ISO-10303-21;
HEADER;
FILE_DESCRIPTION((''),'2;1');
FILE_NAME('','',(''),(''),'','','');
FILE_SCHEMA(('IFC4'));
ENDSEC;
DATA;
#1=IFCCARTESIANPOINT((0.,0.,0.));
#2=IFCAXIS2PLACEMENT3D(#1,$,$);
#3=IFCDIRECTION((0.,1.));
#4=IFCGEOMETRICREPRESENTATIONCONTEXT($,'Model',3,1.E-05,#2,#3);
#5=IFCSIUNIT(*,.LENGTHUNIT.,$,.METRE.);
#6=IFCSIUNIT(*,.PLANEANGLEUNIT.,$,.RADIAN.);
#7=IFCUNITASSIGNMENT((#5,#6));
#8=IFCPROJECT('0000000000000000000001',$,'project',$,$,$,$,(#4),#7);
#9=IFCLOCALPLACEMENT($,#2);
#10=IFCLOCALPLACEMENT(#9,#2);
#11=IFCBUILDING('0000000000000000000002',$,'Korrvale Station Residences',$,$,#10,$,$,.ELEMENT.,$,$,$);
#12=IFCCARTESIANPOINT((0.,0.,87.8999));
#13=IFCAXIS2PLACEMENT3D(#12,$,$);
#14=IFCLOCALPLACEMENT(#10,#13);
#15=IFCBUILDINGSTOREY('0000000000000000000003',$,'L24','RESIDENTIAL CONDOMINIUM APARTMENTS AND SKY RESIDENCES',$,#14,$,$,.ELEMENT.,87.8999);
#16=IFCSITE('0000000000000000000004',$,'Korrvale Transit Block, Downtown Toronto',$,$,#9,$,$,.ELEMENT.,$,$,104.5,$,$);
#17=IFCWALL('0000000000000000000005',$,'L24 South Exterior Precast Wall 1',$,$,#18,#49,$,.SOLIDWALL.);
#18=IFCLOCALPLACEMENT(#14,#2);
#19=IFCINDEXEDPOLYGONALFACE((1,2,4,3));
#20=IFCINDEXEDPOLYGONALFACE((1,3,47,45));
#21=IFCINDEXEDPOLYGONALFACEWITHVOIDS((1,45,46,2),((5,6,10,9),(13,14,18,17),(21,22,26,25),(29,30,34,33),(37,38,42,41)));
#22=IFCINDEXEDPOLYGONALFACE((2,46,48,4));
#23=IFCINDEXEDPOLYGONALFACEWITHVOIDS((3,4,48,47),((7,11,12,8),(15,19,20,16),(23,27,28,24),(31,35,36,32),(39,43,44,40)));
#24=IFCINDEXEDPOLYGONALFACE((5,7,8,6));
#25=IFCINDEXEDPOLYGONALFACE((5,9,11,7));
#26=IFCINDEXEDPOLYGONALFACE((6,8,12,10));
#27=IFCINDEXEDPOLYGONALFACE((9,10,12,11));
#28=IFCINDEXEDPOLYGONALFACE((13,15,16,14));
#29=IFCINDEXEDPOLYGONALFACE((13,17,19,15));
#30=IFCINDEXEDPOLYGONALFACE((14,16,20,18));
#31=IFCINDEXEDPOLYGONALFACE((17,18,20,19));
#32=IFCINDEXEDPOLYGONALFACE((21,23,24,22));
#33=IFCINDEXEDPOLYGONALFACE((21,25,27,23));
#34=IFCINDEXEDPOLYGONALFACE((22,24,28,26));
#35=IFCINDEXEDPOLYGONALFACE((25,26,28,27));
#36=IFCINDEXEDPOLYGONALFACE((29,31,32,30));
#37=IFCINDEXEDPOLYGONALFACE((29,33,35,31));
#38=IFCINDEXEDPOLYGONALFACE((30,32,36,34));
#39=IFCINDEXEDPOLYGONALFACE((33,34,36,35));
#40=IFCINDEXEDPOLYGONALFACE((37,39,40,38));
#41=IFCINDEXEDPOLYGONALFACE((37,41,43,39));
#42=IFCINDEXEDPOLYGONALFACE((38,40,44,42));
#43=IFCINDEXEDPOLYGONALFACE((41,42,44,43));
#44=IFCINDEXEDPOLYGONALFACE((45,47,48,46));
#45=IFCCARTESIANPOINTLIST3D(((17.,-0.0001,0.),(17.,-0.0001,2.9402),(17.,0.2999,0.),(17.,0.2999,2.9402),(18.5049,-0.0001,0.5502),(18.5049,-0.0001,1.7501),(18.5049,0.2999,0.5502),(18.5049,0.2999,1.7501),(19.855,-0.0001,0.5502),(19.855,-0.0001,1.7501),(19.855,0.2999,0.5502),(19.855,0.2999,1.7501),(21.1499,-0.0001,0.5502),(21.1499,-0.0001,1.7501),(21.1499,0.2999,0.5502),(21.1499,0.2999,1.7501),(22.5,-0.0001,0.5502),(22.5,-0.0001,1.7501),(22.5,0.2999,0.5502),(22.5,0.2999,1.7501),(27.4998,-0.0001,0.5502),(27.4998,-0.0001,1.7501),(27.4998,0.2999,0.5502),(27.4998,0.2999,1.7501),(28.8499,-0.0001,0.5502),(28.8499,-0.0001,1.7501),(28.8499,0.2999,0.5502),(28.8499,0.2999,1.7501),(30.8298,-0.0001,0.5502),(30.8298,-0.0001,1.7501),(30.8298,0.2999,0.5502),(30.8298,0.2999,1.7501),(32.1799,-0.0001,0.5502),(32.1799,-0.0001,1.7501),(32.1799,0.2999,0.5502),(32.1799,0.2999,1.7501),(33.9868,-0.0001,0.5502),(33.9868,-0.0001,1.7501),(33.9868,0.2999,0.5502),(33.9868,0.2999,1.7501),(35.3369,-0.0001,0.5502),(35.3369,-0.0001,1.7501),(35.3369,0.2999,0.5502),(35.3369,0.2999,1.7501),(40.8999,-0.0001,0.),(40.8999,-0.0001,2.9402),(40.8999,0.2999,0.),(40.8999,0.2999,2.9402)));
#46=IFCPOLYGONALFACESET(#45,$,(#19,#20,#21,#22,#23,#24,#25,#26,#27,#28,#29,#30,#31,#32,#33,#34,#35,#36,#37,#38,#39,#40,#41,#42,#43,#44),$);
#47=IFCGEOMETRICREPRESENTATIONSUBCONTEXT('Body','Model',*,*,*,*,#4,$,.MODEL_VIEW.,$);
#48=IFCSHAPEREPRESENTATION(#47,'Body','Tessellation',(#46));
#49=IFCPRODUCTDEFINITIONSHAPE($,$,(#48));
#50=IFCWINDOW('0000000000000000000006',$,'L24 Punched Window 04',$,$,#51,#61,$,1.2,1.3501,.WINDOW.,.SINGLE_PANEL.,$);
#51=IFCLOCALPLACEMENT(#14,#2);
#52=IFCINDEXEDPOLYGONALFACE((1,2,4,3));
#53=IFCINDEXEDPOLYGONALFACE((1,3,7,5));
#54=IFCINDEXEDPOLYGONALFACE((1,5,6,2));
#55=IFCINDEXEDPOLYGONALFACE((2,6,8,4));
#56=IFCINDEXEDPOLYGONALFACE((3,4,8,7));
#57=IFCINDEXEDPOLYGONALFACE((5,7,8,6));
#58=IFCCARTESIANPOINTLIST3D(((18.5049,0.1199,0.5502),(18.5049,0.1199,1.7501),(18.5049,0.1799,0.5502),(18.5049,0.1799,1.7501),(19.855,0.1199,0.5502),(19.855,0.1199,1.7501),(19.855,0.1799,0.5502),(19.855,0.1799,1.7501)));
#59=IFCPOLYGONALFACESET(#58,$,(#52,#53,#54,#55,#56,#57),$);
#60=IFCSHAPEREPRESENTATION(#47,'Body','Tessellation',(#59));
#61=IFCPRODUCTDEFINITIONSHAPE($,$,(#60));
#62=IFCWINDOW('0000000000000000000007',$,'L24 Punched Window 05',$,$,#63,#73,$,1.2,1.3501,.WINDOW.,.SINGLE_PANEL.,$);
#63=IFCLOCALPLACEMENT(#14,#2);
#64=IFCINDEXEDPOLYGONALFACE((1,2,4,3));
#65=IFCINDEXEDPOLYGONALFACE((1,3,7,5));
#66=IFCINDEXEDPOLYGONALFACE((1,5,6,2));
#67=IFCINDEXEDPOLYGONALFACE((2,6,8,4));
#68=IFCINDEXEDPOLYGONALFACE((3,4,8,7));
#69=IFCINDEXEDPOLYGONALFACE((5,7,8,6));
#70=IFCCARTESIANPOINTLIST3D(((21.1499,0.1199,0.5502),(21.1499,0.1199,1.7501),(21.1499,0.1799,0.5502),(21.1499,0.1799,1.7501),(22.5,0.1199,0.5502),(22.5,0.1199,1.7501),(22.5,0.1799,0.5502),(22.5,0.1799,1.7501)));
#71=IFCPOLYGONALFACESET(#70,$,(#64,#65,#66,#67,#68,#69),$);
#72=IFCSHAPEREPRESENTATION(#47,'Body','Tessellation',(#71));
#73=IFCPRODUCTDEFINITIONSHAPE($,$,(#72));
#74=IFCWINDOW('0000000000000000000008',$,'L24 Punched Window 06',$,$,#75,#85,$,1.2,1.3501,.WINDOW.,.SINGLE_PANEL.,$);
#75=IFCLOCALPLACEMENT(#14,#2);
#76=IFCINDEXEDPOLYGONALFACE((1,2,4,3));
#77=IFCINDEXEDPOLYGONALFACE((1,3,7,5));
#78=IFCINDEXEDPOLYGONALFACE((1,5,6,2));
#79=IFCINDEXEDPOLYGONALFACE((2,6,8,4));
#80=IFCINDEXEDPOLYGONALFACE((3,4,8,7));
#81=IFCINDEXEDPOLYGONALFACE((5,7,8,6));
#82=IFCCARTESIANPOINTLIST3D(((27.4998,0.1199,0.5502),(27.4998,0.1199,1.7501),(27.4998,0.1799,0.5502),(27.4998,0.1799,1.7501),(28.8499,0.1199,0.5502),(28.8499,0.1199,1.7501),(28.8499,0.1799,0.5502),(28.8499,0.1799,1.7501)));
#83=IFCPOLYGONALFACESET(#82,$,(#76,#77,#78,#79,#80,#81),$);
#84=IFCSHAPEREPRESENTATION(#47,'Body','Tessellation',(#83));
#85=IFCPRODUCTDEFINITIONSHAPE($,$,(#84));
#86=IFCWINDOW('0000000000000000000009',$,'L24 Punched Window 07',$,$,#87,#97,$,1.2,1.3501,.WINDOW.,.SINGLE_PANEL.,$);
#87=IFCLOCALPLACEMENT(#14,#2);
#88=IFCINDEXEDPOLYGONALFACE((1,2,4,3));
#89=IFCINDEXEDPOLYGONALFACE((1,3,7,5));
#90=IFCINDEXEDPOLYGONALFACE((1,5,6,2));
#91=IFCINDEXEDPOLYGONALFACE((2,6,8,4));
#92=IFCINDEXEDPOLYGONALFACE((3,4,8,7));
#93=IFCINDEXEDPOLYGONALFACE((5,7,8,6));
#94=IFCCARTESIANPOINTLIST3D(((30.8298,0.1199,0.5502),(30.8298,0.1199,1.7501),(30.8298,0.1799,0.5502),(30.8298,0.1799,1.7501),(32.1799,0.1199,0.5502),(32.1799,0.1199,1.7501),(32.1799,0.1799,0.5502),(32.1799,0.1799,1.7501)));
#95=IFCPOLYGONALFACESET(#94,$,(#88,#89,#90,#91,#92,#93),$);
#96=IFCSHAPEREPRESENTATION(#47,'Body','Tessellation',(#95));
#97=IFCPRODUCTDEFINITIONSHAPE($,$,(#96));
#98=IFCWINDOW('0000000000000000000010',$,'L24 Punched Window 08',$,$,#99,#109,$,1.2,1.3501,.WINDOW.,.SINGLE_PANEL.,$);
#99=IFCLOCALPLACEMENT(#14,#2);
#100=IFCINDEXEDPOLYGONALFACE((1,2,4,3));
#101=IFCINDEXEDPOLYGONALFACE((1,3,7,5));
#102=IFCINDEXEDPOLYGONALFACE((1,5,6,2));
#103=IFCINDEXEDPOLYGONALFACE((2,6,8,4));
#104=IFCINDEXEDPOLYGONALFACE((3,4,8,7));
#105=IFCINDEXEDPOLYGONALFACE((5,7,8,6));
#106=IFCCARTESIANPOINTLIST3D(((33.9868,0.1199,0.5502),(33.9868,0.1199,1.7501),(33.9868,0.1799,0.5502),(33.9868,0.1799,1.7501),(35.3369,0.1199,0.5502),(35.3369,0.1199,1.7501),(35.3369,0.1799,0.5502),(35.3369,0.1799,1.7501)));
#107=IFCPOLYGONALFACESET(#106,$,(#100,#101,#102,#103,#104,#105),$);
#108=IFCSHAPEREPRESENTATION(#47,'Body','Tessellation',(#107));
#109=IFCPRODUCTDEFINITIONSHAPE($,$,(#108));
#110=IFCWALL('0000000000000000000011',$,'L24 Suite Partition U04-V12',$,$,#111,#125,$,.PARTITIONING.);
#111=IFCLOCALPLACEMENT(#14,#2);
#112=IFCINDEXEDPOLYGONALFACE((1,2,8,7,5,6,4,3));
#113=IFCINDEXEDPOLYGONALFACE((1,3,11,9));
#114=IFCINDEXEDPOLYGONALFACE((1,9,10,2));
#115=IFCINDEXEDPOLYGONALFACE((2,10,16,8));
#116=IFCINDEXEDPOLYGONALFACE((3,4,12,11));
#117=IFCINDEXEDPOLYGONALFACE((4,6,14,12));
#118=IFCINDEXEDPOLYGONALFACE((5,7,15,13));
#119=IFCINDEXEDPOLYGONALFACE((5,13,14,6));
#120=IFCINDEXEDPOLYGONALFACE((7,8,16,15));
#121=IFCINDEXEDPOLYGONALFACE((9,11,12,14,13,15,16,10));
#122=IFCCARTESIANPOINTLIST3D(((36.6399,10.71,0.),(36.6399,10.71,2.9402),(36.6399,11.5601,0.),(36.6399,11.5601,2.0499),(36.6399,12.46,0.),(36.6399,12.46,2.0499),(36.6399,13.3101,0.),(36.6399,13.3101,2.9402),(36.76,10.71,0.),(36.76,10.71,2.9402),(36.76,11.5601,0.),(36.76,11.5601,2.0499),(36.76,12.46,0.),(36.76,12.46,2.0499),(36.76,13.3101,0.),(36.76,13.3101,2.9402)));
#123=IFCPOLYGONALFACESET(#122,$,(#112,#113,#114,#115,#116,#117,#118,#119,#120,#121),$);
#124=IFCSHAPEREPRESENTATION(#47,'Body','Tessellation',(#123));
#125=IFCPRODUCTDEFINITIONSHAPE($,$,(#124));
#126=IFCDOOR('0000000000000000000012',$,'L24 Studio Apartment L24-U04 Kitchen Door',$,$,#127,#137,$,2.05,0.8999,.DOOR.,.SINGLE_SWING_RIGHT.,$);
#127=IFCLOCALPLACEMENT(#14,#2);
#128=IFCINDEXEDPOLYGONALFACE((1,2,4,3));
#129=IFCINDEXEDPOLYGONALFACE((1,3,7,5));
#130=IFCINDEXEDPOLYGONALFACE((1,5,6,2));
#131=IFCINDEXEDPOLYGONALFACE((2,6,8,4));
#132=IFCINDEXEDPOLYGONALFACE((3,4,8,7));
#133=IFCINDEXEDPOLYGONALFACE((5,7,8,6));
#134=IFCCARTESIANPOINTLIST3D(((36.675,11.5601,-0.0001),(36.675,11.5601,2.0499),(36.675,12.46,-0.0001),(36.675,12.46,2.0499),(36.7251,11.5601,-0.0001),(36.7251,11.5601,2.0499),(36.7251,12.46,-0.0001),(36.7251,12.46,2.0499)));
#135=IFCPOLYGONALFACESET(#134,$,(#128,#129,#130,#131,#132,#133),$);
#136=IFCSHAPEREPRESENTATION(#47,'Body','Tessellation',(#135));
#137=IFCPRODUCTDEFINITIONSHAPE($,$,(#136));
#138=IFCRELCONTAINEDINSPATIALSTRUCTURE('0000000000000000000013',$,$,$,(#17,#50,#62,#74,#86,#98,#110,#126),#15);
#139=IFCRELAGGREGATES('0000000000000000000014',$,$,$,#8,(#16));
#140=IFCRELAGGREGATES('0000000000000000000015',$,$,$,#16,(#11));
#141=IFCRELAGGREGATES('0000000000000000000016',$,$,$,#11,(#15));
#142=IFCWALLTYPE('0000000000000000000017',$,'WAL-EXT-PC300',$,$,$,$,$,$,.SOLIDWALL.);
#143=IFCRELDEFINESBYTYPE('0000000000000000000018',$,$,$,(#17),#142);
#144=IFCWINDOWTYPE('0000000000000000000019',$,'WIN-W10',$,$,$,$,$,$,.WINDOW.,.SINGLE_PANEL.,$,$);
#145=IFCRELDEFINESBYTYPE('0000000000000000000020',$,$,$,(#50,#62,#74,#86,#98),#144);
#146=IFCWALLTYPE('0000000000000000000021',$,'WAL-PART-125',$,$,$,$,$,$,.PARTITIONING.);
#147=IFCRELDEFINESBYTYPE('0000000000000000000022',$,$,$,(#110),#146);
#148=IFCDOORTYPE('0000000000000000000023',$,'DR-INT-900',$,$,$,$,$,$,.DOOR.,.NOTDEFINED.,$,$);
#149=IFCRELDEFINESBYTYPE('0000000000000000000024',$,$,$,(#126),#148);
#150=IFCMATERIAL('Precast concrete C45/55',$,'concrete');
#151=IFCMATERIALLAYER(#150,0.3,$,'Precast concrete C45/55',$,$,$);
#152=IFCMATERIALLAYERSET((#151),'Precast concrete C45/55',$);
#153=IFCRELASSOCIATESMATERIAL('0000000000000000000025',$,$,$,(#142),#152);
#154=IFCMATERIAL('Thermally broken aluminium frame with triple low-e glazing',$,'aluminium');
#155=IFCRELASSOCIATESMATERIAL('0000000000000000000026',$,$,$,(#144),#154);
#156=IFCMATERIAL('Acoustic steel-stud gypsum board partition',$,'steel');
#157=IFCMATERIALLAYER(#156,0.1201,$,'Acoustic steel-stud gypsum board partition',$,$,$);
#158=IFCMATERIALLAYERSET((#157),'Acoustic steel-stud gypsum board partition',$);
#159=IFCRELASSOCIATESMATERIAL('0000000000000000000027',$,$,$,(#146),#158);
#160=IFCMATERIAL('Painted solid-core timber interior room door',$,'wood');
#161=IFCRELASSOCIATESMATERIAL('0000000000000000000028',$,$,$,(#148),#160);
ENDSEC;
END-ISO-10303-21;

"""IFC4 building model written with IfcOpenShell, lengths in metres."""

from ifc_helpers import new_model, si_unit, direction, frame, frame_2d, origin, place, context, subcontext, project, spatial, rectangle, extrude, material, layer, layer_set, type_object, element, fill, save


model = new_model("IFC4")

# Units and contexts
model_context = context("Model", 3, precision=1e-05, world=origin(), true_north=direction((0.0, 1.0)))
body_context = subcontext(model_context, "Body", "Model", "MODEL_VIEW")
ifc_project = project(units=[si_unit("LENGTHUNIT", "METRE"), si_unit("PLANEANGLEUNIT", "RADIAN")], contexts=[model_context])

# Site, building, storey
site_placement = place(None, origin())
site = spatial("IfcSite", under=ifc_project, at=site_placement, Name="Korrvale Transit Block, Downtown Toronto", CompositionType="ELEMENT", RefElevation=104.5)
building_placement = place(site_placement, origin())
building = spatial("IfcBuilding", under=site, at=building_placement, Name="Korrvale Station Residences", CompositionType="ELEMENT")
storey_placement = place(building_placement, frame((0.0, 0.0, 87.8999)))
storey = spatial("IfcBuildingStorey", under=building, at=storey_placement, Name="L24", Description="RESIDENTIAL CONDOMINIUM APARTMENTS AND SKY RESIDENCES", CompositionType="ELEMENT", Elevation=87.8999)

# Shared definitions
ifc_material_1 = material(Name="Precast concrete C45/55", Category="concrete")

# Wall, openings, windows
ifc_layer_1 = layer(ifc_material_1, 0.3, Name="Precast concrete C45/55")
ifc_layer_set_1 = layer_set([ifc_layer_1], Name="Precast concrete C45/55")
wall_type_1 = type_object("IfcWallType", Name="WAL-EXT-PC300", PredefinedType="SOLIDWALL", material=ifc_layer_set_1)
wall_1_placement = place(storey_placement, frame((40.8999, 0.1499, 0.0), z_axis=(0.0, 0.0, 1.0), x_axis=(-1.0, 0.0, 0.0)))
wall_1 = element("IfcWall", 1, at=wall_1_placement, inside=storey, type_object=wall_type_1, Name="L24 South Exterior Precast Wall 1", PredefinedType="SOLIDWALL", context=body_context, shape_type="SweptSolid", body=[
    extrude(rectangle(XDim=23.8999, YDim=0.3, at=frame_2d((11.95, 0.0))), origin(), (0.0, 0.0, 1.0), 2.9402),
])
opening_1_placement = place(wall_1_placement, frame((21.0449, 0.0, 0.55)))
opening_1 = element("IfcOpeningElement", 2, at=opening_1_placement, cuts=wall_1, PredefinedType="OPENING", context=body_context, shape_type="SweptSolid", body=[
    extrude(rectangle(XDim=1.3501, YDim=1.2, at=frame_2d((0.675, 0.6001))), frame((0.0, 0.1602, 0.0), z_axis=(0.0, -1.0, 0.0), x_axis=(1.0, 0.0, 0.0)), (0.0, 0.0, 1.0), 0.3201),
])
opening_2_placement = place(wall_1_placement, frame((18.3999, 0.0, 0.55)))
opening_2 = element("IfcOpeningElement", 3, at=opening_2_placement, cuts=wall_1, PredefinedType="OPENING", context=body_context, shape_type="SweptSolid", body=[
    extrude(rectangle(XDim=1.3501, YDim=1.2, at=frame_2d((0.675, 0.6001))), frame((0.0, 0.1602, 0.0), z_axis=(0.0, -1.0, 0.0), x_axis=(1.0, 0.0, 0.0)), (0.0, 0.0, 1.0), 0.3201),
])
opening_3_placement = place(wall_1_placement, frame((12.05, 0.0, 0.55)))
opening_3 = element("IfcOpeningElement", 4, at=opening_3_placement, cuts=wall_1, PredefinedType="OPENING", context=body_context, shape_type="SweptSolid", body=[
    extrude(rectangle(XDim=1.3501, YDim=1.2, at=frame_2d((0.675, 0.6001))), frame((0.0, 0.1602, 0.0), z_axis=(0.0, -1.0, 0.0), x_axis=(1.0, 0.0, 0.0)), (0.0, 0.0, 1.0), 0.3201),
])
opening_4_placement = place(wall_1_placement, frame((8.72, 0.0, 0.55)))
opening_4 = element("IfcOpeningElement", 5, at=opening_4_placement, cuts=wall_1, PredefinedType="OPENING", context=body_context, shape_type="SweptSolid", body=[
    extrude(rectangle(XDim=1.3501, YDim=1.2, at=frame_2d((0.675, 0.6001))), frame((0.0, 0.1602, 0.0), z_axis=(0.0, -1.0, 0.0), x_axis=(1.0, 0.0, 0.0)), (0.0, 0.0, 1.0), 0.3201),
])
opening_5_placement = place(wall_1_placement, frame((5.563, 0.0, 0.55)))
opening_5 = element("IfcOpeningElement", 6, at=opening_5_placement, cuts=wall_1, PredefinedType="OPENING", context=body_context, shape_type="SweptSolid", body=[
    extrude(rectangle(XDim=1.3501, YDim=1.2, at=frame_2d((0.675, 0.6001))), frame((0.0, 0.1602, 0.0), z_axis=(0.0, -1.0, 0.0), x_axis=(1.0, 0.0, 0.0)), (0.0, 0.0, 1.0), 0.3201),
])
ifc_material_2 = material(Name="Thermally broken aluminium frame with triple low-e glazing", Category="aluminium")
window_type = type_object("IfcWindowType", Name="WIN-W10", PartitioningType="SINGLE_PANEL", PredefinedType="WINDOW", material=ifc_material_2)
window_1_placement = place(opening_1_placement, origin())
window_1 = element("IfcWindow", 7, at=window_1_placement, inside=storey, type_object=window_type, Name="L24 Punched Window 04", OverallHeight=1.2, OverallWidth=1.3501, PartitioningType="SINGLE_PANEL", PredefinedType="WINDOW", context=body_context, shape_type="SweptSolid", body=[
    extrude(rectangle(XDim=1.3501, YDim=1.2, at=frame_2d((0.675, 0.6001))), frame((0.0, 0.03, 0.0), z_axis=(0.0, -1.0, 0.0), x_axis=(1.0, 0.0, 0.0)), (0.0, 0.0, 1.0), 0.0601),
])
fill(opening_1, window_1)
window_2_placement = place(opening_2_placement, origin())
window_2 = element("IfcWindow", 8, at=window_2_placement, inside=storey, type_object=window_type, Name="L24 Punched Window 05", OverallHeight=1.2, OverallWidth=1.3501, PartitioningType="SINGLE_PANEL", PredefinedType="WINDOW", context=body_context, shape_type="SweptSolid", body=[
    extrude(rectangle(XDim=1.3501, YDim=1.2, at=frame_2d((0.675, 0.6001))), frame((0.0, 0.03, 0.0), z_axis=(0.0, -1.0, 0.0), x_axis=(1.0, 0.0, 0.0)), (0.0, 0.0, 1.0), 0.0601),
])
fill(opening_2, window_2)
window_3_placement = place(opening_3_placement, origin())
window_3 = element("IfcWindow", 9, at=window_3_placement, inside=storey, type_object=window_type, Name="L24 Punched Window 06", OverallHeight=1.2, OverallWidth=1.3501, PartitioningType="SINGLE_PANEL", PredefinedType="WINDOW", context=body_context, shape_type="SweptSolid", body=[
    extrude(rectangle(XDim=1.3501, YDim=1.2, at=frame_2d((0.675, 0.6001))), frame((0.0, 0.03, 0.0), z_axis=(0.0, -1.0, 0.0), x_axis=(1.0, 0.0, 0.0)), (0.0, 0.0, 1.0), 0.0601),
])
fill(opening_3, window_3)
window_4_placement = place(opening_4_placement, origin())
window_4 = element("IfcWindow", 10, at=window_4_placement, inside=storey, type_object=window_type, Name="L24 Punched Window 07", OverallHeight=1.2, OverallWidth=1.3501, PartitioningType="SINGLE_PANEL", PredefinedType="WINDOW", context=body_context, shape_type="SweptSolid", body=[
    extrude(rectangle(XDim=1.3501, YDim=1.2, at=frame_2d((0.675, 0.6001))), frame((0.0, 0.03, 0.0), z_axis=(0.0, -1.0, 0.0), x_axis=(1.0, 0.0, 0.0)), (0.0, 0.0, 1.0), 0.0601),
])
fill(opening_4, window_4)
window_5_placement = place(opening_5_placement, origin())
window_5 = element("IfcWindow", 11, at=window_5_placement, inside=storey, type_object=window_type, Name="L24 Punched Window 08", OverallHeight=1.2, OverallWidth=1.3501, PartitioningType="SINGLE_PANEL", PredefinedType="WINDOW", context=body_context, shape_type="SweptSolid", body=[
    extrude(rectangle(XDim=1.3501, YDim=1.2, at=frame_2d((0.675, 0.6001))), frame((0.0, 0.03, 0.0), z_axis=(0.0, -1.0, 0.0), x_axis=(1.0, 0.0, 0.0)), (0.0, 0.0, 1.0), 0.0601),
])
fill(opening_5, window_5)

# Wall, opening, door
ifc_material_3 = material(Name="Acoustic steel-stud gypsum board partition", Category="steel")
ifc_layer_2 = layer(ifc_material_3, 0.1201, Name="Acoustic steel-stud gypsum board partition")
ifc_layer_set_2 = layer_set([ifc_layer_2], Name="Acoustic steel-stud gypsum board partition")
wall_type_2 = type_object("IfcWallType", Name="WAL-PART-125", PredefinedType="PARTITIONING", material=ifc_layer_set_2)
wall_2_placement = place(storey_placement, frame((36.7, 10.71, 0.0), z_axis=(0.0, 0.0, 1.0), x_axis=(0.0, 1.0, 0.0)))
wall_2 = element("IfcWall", 12, at=wall_2_placement, inside=storey, type_object=wall_type_2, Name="L24 Suite Partition U04-V12", PredefinedType="PARTITIONING", context=body_context, shape_type="SweptSolid", body=[
    extrude(rectangle(XDim=2.6001, YDim=0.1201, at=frame_2d((1.3, 0.0))), origin(), (0.0, 0.0, 1.0), 2.9402),
])
opening_6_placement = place(wall_2_placement, frame((0.8501, 0.0, 0.0)))
opening_6 = element("IfcOpeningElement", 13, at=opening_6_placement, cuts=wall_2, PredefinedType="OPENING", context=body_context, shape_type="SweptSolid", body=[
    extrude(rectangle(XDim=0.8999, YDim=2.05, at=frame_2d((0.45, 1.0249))), frame((0.0, 0.0701, 0.0), z_axis=(0.0, -1.0, 0.0), x_axis=(1.0, 0.0, 0.0)), (0.0, 0.0, 1.0), 0.1401),
])
ifc_material_4 = material(Name="Painted solid-core timber interior room door", Category="wood")
door_type = type_object("IfcDoorType", Name="DR-INT-900", OperationType="NOTDEFINED", PredefinedType="DOOR", material=ifc_material_4)
door_1_placement = place(opening_6_placement, origin())
door_1 = element("IfcDoor", 14, at=door_1_placement, inside=storey, type_object=door_type, Name="L24 Studio Apartment L24-U04 Kitchen Door", OperationType="SINGLE_SWING_RIGHT", OverallHeight=2.05, OverallWidth=0.8999, PredefinedType="DOOR", context=body_context, shape_type="SweptSolid", body=[
    extrude(rectangle(XDim=0.8999, YDim=2.05, at=frame_2d((0.45, 1.0249))), frame((0.0, 0.0249, 0.0), z_axis=(0.0, -1.0, 0.0), x_axis=(1.0, 0.0, 0.0)), (0.0, 0.0, 1.0), 0.05),
])
fill(opening_6, door_1)

save(model, "model.ifc")
